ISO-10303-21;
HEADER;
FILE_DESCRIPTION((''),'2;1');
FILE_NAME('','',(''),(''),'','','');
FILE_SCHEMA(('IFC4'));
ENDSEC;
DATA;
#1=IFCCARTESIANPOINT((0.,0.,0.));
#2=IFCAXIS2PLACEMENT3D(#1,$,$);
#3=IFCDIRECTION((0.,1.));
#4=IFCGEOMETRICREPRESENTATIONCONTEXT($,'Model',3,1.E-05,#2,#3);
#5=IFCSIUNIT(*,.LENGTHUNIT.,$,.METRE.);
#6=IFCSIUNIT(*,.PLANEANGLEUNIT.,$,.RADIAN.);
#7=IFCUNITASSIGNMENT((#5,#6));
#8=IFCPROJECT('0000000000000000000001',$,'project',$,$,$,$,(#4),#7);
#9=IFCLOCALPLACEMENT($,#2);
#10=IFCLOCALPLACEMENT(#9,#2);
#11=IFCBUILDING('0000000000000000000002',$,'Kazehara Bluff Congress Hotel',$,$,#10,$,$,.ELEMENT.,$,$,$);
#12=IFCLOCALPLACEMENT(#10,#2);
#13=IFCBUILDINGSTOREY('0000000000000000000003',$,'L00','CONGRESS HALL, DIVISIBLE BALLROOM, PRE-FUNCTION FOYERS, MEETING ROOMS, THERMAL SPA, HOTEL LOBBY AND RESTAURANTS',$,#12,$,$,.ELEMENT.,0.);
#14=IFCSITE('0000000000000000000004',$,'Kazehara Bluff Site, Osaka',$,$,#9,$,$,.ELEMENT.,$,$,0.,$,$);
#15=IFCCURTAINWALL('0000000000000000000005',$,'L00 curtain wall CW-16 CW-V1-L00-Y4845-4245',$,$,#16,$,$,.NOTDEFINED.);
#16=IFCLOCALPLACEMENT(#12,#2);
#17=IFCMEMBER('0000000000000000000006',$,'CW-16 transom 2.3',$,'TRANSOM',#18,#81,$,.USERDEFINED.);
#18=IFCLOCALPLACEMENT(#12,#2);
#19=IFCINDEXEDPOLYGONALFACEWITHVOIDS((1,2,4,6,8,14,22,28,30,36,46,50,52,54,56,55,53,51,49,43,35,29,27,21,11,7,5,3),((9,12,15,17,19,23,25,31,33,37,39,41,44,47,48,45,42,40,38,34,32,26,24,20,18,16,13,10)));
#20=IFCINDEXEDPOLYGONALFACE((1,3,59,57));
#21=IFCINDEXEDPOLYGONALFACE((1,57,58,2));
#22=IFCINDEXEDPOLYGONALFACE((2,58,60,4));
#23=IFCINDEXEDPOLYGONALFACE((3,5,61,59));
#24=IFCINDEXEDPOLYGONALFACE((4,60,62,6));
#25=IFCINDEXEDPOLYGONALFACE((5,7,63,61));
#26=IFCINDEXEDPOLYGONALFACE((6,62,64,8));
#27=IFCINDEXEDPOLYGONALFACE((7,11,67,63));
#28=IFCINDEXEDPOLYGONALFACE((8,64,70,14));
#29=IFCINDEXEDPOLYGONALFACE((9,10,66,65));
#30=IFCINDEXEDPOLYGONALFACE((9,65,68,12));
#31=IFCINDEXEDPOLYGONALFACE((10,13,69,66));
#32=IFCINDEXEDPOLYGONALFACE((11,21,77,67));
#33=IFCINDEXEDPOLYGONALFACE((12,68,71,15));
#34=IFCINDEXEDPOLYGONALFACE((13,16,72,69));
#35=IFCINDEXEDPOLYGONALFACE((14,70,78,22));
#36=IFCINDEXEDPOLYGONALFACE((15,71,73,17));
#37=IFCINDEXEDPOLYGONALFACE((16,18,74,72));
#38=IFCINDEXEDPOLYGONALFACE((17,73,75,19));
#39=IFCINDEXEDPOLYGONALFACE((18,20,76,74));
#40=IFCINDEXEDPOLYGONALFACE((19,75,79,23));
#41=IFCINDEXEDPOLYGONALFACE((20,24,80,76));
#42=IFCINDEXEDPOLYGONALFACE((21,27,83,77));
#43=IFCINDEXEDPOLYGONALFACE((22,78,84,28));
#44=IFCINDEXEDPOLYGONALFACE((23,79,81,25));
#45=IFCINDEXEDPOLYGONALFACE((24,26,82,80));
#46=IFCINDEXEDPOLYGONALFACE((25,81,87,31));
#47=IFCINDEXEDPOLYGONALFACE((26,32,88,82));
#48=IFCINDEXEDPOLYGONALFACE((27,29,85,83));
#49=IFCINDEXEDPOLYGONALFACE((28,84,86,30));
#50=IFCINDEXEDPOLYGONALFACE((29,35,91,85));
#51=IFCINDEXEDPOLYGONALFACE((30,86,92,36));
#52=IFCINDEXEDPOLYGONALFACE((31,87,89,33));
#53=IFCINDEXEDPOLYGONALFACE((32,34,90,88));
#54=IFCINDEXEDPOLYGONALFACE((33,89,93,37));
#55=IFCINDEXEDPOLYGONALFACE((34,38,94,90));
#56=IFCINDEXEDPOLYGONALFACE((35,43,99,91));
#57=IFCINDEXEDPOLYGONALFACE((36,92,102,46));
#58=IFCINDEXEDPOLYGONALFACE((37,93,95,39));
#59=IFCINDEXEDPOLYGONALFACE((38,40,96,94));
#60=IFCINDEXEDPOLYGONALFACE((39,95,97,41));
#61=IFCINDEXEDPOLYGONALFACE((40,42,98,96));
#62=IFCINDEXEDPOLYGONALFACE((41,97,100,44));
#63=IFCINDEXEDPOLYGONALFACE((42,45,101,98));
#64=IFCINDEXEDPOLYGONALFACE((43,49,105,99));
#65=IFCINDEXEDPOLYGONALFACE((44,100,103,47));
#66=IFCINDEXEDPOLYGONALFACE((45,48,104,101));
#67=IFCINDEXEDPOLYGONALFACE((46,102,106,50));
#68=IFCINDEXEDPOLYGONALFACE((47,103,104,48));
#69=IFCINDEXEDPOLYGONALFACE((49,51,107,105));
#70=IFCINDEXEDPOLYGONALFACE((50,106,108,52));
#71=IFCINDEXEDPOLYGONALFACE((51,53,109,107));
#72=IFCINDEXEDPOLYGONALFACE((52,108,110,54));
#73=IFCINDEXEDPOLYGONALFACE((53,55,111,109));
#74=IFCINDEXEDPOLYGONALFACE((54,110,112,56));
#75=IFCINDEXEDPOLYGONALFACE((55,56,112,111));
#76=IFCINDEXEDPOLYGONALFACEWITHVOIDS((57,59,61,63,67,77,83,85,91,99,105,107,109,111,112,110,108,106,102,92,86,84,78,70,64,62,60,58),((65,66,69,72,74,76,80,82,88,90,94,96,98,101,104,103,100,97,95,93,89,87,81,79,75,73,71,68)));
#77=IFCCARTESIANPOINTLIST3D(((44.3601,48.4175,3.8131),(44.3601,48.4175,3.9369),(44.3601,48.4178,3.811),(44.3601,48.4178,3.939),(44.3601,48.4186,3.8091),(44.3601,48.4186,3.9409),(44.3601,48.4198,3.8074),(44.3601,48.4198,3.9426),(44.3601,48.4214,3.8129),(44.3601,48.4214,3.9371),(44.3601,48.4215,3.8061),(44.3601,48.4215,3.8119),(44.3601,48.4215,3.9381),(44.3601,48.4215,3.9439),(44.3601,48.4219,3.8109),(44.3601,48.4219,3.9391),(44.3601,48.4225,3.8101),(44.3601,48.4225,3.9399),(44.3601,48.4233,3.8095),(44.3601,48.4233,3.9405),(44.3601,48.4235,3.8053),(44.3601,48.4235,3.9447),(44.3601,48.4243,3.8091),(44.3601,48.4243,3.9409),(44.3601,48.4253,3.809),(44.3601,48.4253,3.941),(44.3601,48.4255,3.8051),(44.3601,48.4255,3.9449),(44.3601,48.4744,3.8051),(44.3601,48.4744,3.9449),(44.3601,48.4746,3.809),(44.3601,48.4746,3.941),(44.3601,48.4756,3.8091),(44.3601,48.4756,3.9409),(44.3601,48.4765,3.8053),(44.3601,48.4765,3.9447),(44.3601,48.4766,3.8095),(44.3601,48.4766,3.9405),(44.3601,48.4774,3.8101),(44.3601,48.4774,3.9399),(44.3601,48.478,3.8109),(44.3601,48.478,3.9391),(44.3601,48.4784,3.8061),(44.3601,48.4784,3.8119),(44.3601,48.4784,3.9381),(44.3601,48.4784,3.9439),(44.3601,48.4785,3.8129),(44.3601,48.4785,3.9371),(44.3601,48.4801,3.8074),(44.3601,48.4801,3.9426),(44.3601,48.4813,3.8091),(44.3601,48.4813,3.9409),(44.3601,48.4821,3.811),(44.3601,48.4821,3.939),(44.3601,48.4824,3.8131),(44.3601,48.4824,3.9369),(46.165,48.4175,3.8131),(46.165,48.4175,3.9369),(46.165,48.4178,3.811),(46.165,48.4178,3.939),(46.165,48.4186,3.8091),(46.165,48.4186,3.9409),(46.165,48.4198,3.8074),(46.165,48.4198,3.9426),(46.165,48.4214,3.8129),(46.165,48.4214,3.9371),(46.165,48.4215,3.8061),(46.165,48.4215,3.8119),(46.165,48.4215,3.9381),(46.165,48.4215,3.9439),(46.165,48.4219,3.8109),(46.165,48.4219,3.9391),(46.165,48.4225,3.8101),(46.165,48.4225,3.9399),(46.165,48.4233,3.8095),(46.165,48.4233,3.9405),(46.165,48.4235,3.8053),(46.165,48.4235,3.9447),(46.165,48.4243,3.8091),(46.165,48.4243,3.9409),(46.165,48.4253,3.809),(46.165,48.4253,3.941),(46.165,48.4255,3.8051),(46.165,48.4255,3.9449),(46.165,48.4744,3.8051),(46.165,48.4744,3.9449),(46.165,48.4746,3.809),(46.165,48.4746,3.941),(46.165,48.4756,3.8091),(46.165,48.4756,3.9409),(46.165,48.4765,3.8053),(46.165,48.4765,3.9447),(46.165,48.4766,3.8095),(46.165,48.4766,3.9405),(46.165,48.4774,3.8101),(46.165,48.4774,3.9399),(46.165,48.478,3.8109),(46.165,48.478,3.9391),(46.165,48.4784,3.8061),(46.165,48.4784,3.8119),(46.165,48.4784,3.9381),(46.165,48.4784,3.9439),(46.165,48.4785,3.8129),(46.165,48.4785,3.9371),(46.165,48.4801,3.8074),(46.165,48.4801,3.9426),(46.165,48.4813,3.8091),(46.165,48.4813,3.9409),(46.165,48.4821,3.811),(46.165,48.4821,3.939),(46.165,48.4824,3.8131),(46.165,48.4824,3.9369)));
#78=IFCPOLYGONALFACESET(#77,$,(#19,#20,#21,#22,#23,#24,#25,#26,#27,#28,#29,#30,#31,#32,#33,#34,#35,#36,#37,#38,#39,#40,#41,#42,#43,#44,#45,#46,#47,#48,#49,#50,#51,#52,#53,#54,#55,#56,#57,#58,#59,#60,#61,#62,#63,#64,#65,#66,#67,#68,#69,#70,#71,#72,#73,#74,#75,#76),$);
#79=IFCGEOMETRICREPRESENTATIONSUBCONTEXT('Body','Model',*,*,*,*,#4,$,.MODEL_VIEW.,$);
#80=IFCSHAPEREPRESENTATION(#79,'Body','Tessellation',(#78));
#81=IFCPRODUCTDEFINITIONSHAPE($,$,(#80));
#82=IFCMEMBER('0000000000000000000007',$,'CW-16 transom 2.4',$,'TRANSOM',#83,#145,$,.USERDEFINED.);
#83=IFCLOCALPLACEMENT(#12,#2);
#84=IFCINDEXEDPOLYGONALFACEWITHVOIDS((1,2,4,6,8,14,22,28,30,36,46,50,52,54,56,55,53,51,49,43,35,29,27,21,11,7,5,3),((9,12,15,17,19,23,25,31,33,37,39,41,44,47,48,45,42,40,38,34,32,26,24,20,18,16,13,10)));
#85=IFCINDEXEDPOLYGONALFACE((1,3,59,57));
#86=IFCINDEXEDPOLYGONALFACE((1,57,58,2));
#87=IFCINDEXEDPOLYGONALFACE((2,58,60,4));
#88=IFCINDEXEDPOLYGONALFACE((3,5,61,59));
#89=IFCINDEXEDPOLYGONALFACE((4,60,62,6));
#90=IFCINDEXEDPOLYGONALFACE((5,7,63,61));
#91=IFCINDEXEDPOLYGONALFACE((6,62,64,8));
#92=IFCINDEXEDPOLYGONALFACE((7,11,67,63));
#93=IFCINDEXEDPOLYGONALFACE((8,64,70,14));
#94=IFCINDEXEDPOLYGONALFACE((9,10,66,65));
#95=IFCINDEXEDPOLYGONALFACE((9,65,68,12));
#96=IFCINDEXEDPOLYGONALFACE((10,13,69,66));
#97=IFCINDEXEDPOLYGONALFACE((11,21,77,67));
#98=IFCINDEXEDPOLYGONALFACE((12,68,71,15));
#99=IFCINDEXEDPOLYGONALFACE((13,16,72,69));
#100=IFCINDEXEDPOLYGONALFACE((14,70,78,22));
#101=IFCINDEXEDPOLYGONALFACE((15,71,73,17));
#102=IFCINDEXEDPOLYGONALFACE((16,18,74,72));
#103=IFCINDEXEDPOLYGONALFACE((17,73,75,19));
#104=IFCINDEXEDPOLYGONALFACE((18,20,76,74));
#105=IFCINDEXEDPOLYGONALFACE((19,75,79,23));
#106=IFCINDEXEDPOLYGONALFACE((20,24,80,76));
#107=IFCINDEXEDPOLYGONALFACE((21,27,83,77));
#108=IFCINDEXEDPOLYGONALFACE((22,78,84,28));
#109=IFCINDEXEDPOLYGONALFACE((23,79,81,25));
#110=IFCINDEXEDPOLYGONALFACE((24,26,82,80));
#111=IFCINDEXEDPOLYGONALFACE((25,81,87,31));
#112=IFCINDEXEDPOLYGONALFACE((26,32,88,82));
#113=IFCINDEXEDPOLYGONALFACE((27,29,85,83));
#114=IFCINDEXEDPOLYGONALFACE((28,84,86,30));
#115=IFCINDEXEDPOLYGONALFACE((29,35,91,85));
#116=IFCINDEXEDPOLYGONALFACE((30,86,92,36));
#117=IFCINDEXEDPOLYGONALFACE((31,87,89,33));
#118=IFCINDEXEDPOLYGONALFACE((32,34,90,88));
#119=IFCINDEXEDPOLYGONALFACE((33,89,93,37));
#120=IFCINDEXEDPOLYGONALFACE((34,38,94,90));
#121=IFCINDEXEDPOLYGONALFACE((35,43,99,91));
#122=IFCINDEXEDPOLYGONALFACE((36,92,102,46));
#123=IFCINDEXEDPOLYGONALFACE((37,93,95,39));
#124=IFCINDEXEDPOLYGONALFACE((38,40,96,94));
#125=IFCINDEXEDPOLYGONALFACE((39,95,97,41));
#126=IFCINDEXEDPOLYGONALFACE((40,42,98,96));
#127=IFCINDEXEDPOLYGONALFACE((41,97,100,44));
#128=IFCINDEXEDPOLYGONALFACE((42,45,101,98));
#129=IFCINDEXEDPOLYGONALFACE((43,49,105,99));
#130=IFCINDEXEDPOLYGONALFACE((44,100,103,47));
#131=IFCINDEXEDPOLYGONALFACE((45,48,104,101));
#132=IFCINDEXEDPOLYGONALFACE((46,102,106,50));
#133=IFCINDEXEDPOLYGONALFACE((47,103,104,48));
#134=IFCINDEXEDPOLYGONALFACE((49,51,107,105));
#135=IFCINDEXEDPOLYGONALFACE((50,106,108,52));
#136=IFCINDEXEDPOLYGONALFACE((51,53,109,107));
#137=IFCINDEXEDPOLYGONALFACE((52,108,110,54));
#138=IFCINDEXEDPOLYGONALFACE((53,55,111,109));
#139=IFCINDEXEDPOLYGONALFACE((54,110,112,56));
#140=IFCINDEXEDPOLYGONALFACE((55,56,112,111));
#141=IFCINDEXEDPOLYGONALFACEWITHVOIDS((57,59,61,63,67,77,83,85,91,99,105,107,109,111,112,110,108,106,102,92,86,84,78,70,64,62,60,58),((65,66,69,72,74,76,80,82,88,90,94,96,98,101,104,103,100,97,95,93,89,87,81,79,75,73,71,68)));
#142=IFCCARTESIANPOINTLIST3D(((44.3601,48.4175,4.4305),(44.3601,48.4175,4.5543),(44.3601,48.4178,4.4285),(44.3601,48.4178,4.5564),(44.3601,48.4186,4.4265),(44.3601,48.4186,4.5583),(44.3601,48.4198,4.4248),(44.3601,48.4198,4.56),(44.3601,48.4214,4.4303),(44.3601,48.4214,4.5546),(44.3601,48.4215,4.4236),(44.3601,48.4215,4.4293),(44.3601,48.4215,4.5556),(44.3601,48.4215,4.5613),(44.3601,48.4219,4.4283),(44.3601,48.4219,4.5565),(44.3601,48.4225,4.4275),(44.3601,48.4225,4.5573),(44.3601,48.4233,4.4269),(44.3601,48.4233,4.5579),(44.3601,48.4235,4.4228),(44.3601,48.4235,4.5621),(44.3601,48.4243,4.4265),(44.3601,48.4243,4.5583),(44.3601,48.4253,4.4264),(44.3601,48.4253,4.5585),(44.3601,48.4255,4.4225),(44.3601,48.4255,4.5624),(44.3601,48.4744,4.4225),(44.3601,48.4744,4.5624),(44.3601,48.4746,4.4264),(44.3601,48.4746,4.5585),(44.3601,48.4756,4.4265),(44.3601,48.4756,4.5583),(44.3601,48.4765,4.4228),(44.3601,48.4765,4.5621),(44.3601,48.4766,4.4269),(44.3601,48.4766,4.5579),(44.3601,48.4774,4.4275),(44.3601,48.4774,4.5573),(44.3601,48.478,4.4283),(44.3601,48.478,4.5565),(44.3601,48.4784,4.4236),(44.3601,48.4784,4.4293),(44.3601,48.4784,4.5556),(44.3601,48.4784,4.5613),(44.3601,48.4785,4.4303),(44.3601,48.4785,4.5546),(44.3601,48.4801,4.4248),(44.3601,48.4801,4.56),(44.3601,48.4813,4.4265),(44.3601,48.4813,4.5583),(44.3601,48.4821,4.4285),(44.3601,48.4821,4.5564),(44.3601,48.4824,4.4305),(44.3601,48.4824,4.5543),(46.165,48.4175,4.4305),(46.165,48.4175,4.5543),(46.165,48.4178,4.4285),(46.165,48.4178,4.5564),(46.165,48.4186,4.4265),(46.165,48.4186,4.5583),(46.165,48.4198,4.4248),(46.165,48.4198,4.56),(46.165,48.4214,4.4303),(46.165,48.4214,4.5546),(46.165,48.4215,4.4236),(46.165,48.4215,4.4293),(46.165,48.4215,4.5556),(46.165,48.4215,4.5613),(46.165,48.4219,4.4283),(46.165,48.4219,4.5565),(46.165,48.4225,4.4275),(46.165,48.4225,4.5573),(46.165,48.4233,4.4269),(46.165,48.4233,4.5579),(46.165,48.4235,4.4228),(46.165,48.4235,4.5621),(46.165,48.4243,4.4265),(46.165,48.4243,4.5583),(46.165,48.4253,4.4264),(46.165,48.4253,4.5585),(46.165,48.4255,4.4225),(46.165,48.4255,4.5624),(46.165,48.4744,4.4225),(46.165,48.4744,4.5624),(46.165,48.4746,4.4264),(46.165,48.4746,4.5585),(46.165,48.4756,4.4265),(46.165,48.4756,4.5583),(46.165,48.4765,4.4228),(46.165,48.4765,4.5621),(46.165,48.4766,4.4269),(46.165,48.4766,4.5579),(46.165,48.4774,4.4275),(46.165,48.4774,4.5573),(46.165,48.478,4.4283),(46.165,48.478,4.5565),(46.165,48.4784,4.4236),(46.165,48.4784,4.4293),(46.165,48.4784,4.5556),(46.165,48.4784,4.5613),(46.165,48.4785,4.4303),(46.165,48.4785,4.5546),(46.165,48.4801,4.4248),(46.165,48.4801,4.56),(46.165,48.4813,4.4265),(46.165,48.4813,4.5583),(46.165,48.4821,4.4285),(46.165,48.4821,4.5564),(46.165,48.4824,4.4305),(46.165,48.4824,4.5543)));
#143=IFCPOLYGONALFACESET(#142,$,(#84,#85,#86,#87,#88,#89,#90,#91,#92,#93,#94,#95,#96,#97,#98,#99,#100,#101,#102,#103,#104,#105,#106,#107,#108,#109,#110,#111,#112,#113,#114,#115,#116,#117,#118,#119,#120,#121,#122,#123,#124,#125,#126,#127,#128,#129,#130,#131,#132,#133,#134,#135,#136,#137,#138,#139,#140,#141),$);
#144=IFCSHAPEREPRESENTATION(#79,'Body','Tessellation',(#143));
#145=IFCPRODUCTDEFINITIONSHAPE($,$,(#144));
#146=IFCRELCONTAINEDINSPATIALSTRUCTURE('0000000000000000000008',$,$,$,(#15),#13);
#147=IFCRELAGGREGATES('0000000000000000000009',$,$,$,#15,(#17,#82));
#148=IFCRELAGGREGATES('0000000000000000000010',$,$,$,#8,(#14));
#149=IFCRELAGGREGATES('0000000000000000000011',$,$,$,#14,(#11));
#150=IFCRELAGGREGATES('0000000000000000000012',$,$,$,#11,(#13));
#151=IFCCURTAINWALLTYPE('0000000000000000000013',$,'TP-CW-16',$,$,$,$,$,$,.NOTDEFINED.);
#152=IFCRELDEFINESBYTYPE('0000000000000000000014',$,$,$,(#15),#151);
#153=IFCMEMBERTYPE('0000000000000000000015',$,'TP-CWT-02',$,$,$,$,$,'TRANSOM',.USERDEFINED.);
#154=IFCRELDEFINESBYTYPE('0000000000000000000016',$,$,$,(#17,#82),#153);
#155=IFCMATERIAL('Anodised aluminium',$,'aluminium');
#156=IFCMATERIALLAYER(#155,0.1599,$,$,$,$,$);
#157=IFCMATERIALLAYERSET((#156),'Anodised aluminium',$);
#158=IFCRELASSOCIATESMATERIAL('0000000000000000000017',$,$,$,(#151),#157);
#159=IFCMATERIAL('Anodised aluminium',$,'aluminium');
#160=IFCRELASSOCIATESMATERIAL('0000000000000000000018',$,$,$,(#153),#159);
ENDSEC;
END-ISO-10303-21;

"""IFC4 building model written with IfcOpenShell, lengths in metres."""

from ifc_helpers import new_model, si_unit, direction, frame, origin, origin_2d, place, context, subcontext, project, spatial, hollow_rectangle, extrude, material, layer, layer_set, material_profile, profile_set, type_object, element, aggregate, save


model = new_model("IFC4")

# Units and contexts
model_context = context("Model", 3, precision=1e-05, world=origin(), true_north=direction((0.0, 1.0)))
body_context = subcontext(model_context, "Body", "Model", "MODEL_VIEW")
ifc_project = project(units=[si_unit("LENGTHUNIT", "METRE"), si_unit("PLANEANGLEUNIT", "RADIAN")], contexts=[model_context])

# Site, building, storey
site_placement = place(None, origin())
site = spatial("IfcSite", under=ifc_project, at=site_placement, Name="Kazehara Bluff Site, Osaka", CompositionType="ELEMENT", RefElevation=0.0)
building_placement = place(site_placement, origin())
building = spatial("IfcBuilding", under=site, at=building_placement, Name="Kazehara Bluff Congress Hotel", CompositionType="ELEMENT")
storey_placement = place(building_placement, origin())
storey = spatial("IfcBuildingStorey", under=building, at=storey_placement, Name="L00", Description="CONGRESS HALL, DIVISIBLE BALLROOM, PRE-FUNCTION FOYERS, MEETING ROOMS, THERMAL SPA, HOTEL LOBBY AND RESTAURANTS", CompositionType="ELEMENT", Elevation=0.0)

# Shared definitions
ifc_material_1 = material(Name="Anodised aluminium", Category="aluminium")
ifc_layer_1 = layer(ifc_material_1, 0.1599)
ifc_layer_set_1 = layer_set([ifc_layer_1], Name="Anodised aluminium")
curtain_wall_type = type_object("IfcCurtainWallType", Name="TP-CW-16", PredefinedType="NOTDEFINED", material=ifc_layer_set_1)

# Curtain wall
curtain_wall_1_placement = place(storey_placement, origin())
curtain_wall_1 = element("IfcCurtainWall", 1, at=curtain_wall_1_placement, inside=storey, type_object=curtain_wall_type, Name="L00 curtain wall CW-16 CW-V1-L00-Y4845-4245", PredefinedType="NOTDEFINED")

# Members
ifc_material_2 = material(Name="Anodised aluminium", Category="aluminium")
ifc_material_profile_1 = material_profile(ifc_material_2, hollow_rectangle(XDim=0.0649, YDim=0.1399, WallThickness=0.0039, InnerFilletRadius=0.0039, OuterFilletRadius=0.0081, at=origin_2d()))
ifc_profile_set_1 = profile_set([ifc_material_profile_1], Name="Anodised aluminium")
member_type_1 = type_object("IfcMemberType", Name="TP-CWT-02", ElementType="TRANSOM", PredefinedType="USERDEFINED", material=ifc_profile_set_1)
member_1_placement = place(storey_placement, frame((44.3601, 48.45, 3.875), z_axis=(1.0, 0.0, 0.0), x_axis=(0.0, 1.0, 0.0)))
member_1 = element("IfcMember", 2, at=member_1_placement, type_object=member_type_1, Name="CW-16 transom 2.3", ObjectType="TRANSOM", PredefinedType="USERDEFINED", context=body_context, shape_type="SweptSolid", body=[
    extrude(hollow_rectangle(XDim=0.0649, YDim=0.1399, WallThickness=0.0039, InnerFilletRadius=0.0039, OuterFilletRadius=0.0081, at=origin_2d()), origin(), (0.0, 0.0, 1.0), 1.8049),
])
member_2_placement = place(storey_placement, frame((44.3601, 48.45, 4.4924), z_axis=(1.0, 0.0, 0.0), x_axis=(0.0, 1.0, 0.0)))
member_2 = element("IfcMember", 3, at=member_2_placement, type_object=member_type_1, Name="CW-16 transom 2.4", ObjectType="TRANSOM", PredefinedType="USERDEFINED", context=body_context, shape_type="SweptSolid", body=[
    extrude(hollow_rectangle(XDim=0.0649, YDim=0.1399, WallThickness=0.0039, InnerFilletRadius=0.0039, OuterFilletRadius=0.0081, at=origin_2d()), origin(), (0.0, 0.0, 1.0), 1.8049),
])

aggregate(curtain_wall_1, [member_1, member_2])

save(model, "model.ifc")
